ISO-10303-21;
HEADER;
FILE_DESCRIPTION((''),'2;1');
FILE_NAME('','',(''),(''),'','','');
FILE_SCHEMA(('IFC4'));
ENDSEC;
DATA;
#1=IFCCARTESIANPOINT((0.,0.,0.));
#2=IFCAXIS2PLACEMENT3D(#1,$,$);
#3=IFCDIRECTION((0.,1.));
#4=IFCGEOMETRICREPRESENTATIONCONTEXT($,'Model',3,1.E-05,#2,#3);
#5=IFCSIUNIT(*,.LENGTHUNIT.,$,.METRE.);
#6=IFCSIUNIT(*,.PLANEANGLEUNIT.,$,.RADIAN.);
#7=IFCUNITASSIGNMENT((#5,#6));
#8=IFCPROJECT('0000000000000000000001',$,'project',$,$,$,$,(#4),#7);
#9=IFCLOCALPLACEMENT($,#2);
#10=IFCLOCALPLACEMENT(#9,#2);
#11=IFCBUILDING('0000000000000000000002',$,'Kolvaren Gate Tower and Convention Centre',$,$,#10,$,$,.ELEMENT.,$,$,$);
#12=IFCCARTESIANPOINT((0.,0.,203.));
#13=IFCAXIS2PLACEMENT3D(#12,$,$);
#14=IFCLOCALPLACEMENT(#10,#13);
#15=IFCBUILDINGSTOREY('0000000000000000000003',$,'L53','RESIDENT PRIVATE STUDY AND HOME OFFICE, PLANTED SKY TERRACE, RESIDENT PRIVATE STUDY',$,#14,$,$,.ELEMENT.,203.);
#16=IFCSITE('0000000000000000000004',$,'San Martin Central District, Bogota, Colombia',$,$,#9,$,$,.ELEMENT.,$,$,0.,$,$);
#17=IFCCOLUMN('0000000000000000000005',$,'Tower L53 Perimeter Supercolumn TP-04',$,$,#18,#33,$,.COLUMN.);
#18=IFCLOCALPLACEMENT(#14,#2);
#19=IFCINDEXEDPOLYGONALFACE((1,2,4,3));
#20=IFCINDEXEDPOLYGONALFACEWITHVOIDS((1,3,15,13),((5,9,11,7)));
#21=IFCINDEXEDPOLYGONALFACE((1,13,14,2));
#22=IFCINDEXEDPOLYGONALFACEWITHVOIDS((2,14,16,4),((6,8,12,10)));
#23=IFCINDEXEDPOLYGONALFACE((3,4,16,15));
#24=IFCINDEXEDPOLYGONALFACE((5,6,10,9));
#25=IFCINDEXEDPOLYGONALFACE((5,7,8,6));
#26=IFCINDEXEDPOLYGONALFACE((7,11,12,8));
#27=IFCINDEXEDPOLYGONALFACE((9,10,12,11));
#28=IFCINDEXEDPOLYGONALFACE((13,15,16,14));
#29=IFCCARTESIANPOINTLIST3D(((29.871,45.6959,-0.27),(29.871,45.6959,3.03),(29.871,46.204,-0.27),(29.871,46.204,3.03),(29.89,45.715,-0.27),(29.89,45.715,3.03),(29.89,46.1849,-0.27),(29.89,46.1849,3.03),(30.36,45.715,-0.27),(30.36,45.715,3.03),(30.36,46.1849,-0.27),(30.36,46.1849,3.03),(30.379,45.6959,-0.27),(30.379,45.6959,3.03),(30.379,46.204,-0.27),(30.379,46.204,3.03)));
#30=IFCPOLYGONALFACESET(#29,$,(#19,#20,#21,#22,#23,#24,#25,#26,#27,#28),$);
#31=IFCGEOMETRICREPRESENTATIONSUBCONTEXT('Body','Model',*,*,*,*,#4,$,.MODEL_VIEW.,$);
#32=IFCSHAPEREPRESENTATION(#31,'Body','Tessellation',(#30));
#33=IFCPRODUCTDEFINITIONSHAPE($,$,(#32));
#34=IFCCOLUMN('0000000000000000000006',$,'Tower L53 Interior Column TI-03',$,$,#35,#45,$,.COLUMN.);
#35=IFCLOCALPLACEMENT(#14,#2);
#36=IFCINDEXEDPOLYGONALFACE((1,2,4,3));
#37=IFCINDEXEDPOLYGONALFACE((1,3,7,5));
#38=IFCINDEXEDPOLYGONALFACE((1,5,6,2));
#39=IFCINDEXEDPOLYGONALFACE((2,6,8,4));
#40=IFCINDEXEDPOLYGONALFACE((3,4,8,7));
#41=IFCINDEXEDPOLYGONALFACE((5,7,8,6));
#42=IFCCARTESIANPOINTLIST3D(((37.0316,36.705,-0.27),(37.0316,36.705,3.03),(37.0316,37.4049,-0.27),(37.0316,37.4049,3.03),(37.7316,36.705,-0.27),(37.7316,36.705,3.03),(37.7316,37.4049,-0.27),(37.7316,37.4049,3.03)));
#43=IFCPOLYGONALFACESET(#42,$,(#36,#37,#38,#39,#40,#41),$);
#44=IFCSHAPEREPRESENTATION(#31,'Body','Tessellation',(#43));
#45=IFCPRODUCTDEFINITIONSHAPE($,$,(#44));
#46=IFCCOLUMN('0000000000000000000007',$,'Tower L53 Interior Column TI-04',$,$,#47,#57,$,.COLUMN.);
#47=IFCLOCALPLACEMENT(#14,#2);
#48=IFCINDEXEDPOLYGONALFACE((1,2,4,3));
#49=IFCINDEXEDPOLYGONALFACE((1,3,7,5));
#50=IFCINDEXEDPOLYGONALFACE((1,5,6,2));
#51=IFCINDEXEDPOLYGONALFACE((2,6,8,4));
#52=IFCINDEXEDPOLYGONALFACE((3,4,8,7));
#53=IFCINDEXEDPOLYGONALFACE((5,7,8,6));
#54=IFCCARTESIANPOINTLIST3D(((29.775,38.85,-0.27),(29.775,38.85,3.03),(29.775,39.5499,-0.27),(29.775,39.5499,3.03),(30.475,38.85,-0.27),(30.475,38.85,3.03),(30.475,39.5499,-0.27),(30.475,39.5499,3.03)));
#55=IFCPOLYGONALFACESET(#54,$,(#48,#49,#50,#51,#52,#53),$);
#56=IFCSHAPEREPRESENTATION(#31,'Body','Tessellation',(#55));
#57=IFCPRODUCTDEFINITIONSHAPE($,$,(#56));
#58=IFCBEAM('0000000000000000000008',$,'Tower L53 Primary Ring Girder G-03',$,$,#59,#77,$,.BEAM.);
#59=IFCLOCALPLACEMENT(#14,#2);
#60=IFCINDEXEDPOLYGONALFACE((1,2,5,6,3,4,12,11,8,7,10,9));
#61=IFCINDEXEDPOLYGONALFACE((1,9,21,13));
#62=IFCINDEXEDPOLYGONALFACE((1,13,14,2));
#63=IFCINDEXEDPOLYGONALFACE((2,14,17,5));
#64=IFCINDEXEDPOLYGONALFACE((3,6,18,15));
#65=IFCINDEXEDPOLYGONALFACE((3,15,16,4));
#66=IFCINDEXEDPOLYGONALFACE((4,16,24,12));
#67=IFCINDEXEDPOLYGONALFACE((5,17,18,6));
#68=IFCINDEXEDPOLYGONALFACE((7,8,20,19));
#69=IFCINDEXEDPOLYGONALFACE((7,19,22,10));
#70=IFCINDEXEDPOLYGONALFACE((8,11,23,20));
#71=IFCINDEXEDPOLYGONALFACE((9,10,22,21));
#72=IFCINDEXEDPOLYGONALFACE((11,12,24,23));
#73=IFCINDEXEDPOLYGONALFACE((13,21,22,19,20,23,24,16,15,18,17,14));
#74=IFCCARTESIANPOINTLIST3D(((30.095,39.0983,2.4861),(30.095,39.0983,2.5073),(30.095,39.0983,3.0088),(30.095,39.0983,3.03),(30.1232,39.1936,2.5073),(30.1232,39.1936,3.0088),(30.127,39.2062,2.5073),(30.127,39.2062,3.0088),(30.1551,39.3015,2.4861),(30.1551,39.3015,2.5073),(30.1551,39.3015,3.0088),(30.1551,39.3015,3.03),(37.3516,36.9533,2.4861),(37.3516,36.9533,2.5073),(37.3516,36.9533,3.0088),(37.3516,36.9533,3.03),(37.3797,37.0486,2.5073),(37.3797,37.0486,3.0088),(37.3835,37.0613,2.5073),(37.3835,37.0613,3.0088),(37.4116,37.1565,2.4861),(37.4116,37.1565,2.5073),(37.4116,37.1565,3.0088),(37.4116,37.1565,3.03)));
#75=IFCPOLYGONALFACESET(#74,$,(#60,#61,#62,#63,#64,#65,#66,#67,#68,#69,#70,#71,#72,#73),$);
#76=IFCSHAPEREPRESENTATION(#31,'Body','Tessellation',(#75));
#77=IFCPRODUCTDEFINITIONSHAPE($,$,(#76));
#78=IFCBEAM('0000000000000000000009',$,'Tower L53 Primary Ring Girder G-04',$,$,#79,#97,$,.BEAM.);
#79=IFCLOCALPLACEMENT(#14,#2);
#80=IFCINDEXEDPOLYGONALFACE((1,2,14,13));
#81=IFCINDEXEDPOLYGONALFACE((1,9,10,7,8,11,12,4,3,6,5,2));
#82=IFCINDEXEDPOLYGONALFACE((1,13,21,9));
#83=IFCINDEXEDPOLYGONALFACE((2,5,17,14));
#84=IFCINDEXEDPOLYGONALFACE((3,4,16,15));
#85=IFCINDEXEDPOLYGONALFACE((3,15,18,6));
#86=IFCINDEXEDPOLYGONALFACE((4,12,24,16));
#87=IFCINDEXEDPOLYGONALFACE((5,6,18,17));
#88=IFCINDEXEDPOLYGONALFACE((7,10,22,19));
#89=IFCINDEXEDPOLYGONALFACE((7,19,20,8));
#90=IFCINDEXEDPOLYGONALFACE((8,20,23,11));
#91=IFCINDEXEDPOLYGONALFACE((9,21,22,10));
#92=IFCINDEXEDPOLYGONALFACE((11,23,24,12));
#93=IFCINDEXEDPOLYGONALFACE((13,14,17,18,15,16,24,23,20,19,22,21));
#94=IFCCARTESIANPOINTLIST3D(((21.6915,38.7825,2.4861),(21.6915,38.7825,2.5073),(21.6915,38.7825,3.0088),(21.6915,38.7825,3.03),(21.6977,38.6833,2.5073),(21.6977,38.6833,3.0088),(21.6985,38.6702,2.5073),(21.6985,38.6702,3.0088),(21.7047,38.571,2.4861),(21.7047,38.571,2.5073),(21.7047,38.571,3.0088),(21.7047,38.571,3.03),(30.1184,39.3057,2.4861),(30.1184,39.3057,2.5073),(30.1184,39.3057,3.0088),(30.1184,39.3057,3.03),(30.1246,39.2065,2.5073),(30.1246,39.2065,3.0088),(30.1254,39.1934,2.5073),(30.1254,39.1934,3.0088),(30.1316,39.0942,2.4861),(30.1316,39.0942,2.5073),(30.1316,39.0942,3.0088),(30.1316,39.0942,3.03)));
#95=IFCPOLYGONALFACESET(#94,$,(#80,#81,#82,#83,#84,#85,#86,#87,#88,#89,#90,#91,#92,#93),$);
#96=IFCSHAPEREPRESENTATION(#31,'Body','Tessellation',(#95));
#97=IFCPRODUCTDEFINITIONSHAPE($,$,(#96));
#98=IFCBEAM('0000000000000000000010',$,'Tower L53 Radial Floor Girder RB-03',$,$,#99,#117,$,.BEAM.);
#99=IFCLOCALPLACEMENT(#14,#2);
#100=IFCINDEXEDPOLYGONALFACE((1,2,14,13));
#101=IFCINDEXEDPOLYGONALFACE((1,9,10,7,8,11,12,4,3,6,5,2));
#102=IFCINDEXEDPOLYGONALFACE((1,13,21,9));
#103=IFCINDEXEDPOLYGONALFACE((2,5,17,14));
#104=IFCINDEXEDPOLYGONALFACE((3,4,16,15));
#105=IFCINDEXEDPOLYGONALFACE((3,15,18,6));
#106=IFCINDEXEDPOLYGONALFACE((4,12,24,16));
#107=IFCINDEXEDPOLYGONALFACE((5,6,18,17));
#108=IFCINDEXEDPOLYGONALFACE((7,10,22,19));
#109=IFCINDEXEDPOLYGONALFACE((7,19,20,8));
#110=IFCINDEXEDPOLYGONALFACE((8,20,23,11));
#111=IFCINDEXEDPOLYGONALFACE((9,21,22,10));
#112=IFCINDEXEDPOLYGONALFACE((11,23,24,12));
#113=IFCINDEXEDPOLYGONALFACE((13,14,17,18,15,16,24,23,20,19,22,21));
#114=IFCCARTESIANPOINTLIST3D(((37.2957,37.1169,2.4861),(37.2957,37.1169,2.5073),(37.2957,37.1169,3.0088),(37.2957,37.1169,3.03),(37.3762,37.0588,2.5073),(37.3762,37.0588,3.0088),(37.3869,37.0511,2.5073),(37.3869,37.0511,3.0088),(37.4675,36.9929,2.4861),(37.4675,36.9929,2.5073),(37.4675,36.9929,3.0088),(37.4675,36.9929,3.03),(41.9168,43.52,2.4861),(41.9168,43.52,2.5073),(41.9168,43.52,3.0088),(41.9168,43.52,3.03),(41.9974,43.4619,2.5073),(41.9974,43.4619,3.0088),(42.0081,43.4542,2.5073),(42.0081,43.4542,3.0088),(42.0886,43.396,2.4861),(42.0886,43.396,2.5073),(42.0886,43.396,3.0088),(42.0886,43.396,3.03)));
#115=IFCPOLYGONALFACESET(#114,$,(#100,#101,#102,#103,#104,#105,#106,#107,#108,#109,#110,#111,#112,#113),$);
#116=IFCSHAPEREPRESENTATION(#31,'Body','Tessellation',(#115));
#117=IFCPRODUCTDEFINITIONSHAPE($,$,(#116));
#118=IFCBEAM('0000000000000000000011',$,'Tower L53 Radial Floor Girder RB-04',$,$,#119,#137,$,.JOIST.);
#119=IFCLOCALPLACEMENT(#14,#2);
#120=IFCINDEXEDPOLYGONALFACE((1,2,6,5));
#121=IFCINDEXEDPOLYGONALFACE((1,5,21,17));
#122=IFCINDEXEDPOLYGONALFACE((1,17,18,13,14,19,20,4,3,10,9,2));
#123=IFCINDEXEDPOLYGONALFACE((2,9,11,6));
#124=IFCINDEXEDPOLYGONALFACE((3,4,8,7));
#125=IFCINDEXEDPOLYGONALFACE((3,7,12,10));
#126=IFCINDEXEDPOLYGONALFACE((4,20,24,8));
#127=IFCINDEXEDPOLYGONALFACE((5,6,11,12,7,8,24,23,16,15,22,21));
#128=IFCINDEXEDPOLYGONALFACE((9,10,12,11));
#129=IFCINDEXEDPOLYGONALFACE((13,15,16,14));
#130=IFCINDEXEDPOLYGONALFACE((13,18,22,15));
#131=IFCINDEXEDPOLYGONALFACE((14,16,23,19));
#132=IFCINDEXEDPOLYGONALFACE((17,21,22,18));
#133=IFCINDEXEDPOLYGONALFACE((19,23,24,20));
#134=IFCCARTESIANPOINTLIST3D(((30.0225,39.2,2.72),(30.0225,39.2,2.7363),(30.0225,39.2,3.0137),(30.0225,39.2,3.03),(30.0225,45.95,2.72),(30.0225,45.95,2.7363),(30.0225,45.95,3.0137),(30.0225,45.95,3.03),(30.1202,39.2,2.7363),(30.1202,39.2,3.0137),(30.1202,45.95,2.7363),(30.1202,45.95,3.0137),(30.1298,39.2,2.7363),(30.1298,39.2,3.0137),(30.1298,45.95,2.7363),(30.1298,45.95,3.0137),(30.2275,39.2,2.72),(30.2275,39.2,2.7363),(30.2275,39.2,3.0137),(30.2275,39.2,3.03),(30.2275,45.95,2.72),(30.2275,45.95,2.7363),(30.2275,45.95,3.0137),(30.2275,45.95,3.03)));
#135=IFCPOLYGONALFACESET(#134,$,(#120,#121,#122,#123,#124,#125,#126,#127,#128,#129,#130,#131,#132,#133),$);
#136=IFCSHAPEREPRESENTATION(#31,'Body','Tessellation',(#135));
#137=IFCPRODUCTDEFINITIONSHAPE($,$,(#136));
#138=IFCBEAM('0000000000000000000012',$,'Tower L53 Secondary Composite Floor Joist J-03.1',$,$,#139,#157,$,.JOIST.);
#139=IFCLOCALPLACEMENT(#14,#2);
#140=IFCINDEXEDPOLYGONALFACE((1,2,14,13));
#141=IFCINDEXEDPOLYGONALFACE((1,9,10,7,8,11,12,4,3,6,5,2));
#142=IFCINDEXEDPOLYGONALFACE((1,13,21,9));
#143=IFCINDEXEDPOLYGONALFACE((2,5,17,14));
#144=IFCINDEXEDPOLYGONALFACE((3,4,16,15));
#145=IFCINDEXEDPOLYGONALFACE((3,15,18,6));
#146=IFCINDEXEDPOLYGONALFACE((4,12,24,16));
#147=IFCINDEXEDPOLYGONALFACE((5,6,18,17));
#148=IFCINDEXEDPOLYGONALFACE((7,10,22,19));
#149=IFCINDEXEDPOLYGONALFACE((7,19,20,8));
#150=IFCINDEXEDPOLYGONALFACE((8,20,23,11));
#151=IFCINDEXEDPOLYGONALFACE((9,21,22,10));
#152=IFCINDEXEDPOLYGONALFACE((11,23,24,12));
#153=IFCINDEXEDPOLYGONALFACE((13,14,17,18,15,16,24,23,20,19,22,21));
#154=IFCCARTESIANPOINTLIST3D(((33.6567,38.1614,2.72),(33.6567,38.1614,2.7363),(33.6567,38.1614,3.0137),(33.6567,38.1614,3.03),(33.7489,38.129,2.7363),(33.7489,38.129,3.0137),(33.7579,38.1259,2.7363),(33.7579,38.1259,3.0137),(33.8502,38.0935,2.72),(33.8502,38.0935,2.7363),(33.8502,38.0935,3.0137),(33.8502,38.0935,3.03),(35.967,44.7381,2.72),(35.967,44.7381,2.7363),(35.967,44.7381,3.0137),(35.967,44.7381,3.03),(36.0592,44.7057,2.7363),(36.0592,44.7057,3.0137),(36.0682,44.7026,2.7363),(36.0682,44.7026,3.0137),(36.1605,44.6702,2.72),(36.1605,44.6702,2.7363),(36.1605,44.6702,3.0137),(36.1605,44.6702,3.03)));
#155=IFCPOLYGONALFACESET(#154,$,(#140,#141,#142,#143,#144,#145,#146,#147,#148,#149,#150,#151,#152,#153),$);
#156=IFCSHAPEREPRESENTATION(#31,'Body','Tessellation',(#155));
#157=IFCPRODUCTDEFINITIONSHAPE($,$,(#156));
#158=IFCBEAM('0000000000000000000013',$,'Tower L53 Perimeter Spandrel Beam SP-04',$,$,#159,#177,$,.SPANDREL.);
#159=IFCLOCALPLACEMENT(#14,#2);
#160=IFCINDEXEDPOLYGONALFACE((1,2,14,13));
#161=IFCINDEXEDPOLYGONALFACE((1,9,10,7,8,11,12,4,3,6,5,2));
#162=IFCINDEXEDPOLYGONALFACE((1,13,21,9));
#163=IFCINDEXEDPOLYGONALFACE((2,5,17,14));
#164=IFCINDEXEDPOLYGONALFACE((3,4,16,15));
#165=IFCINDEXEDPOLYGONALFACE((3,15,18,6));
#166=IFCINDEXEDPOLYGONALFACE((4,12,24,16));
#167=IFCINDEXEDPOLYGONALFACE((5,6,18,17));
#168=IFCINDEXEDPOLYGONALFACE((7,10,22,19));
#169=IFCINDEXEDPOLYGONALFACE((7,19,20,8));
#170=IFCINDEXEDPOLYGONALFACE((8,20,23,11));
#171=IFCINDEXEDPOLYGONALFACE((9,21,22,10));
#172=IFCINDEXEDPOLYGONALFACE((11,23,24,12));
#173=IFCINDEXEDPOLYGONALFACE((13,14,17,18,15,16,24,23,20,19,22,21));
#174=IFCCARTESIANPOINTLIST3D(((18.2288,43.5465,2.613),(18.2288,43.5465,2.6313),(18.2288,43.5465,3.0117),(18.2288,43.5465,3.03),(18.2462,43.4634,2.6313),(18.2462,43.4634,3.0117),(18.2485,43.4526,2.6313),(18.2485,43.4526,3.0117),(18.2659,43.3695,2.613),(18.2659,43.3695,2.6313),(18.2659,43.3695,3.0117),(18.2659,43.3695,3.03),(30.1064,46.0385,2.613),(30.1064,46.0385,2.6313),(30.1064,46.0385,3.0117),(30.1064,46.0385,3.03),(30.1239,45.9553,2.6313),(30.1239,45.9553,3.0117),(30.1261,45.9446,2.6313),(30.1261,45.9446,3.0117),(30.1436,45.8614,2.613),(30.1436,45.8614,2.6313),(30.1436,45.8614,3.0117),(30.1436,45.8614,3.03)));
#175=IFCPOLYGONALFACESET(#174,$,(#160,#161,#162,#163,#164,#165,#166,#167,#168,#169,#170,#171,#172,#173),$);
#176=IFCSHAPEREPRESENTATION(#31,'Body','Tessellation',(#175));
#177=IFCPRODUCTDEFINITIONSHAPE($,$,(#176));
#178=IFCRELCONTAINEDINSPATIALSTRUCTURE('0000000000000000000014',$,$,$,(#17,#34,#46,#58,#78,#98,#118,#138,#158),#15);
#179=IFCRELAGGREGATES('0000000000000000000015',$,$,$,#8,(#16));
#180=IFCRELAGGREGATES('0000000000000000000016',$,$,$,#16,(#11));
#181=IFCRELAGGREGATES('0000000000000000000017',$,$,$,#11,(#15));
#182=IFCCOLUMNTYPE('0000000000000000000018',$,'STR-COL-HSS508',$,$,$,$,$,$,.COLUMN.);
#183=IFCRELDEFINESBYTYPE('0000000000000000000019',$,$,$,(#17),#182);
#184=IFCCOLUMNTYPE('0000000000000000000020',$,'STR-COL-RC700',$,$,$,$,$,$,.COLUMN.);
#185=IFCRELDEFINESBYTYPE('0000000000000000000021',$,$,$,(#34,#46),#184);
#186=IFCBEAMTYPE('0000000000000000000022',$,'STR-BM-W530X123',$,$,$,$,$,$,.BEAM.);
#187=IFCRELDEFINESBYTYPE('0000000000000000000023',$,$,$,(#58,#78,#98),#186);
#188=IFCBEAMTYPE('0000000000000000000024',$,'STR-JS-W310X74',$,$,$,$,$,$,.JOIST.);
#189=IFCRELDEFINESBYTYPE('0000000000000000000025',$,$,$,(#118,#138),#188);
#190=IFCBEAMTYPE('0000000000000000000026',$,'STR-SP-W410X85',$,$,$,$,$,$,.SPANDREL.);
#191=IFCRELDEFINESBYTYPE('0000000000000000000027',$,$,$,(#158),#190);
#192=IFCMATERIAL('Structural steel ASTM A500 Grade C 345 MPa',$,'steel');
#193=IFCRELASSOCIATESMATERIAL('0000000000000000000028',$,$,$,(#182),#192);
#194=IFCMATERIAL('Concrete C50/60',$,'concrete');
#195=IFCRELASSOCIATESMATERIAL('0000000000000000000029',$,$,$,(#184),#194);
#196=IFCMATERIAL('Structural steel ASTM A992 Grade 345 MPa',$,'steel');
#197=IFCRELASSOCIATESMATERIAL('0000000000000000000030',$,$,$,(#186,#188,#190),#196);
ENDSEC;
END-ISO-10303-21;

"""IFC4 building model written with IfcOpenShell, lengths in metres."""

from ifc_helpers import new_model, si_unit, direction, frame, origin, origin_2d, place, context, subcontext, project, spatial, rectangle, hollow_rectangle, i_section, extrude, material, material_profile, profile_set, type_object, element, save


model = new_model("IFC4")

# Units and contexts
model_context = context("Model", 3, precision=1e-05, world=origin(), true_north=direction((0.0, 1.0)))
body_context = subcontext(model_context, "Body", "Model", "MODEL_VIEW")
ifc_project = project(units=[si_unit("LENGTHUNIT", "METRE"), si_unit("PLANEANGLEUNIT", "RADIAN")], contexts=[model_context])

# Site, building, storey
site_placement = place(None, origin())
site = spatial("IfcSite", under=ifc_project, at=site_placement, Name="San Martin Central District, Bogota, Colombia", CompositionType="ELEMENT", RefElevation=0.0)
building_placement = place(site_placement, origin())
building = spatial("IfcBuilding", under=site, at=building_placement, Name="Kolvaren Gate Tower and Convention Centre", CompositionType="ELEMENT")
storey_placement = place(building_placement, frame((0.0, 0.0, 203.0)))
storey = spatial("IfcBuildingStorey", under=building, at=storey_placement, Name="L53", Description="RESIDENT PRIVATE STUDY AND HOME OFFICE, PLANTED SKY TERRACE, RESIDENT PRIVATE STUDY", CompositionType="ELEMENT", Elevation=203.0)

# Columns
ifc_material_1 = material(Name="Structural steel ASTM A500 Grade C 345 MPa", Category="steel")
ifc_material_profile_1 = material_profile(ifc_material_1, hollow_rectangle(XDim=0.5081, YDim=0.5081, WallThickness=0.019, at=origin_2d()), Name="HSS508X508X19.1")
ifc_profile_set_1 = profile_set([ifc_material_profile_1], Name="Structural steel ASTM A500 Grade C 345 MPa")
column_type_1 = type_object("IfcColumnType", Name="STR-COL-HSS508", PredefinedType="COLUMN", material=ifc_profile_set_1)
column_placement = place(storey_placement, frame((30.125, 45.95, -0.27), z_axis=(0.0, 0.0, 1.0), x_axis=(1.0, 0.0, 0.0)))
element("IfcColumn", 1, at=column_placement, inside=storey, type_object=column_type_1, Name="Tower L53 Perimeter Supercolumn TP-04", PredefinedType="COLUMN", context=body_context, shape_type="SweptSolid", body=[
    extrude(hollow_rectangle(XDim=0.5081, YDim=0.5081, WallThickness=0.019, at=origin_2d()), origin(), (0.0, 0.0, 1.0), 3.3),
])
ifc_material_2 = material(Name="Concrete C50/60", Category="concrete")
ifc_material_profile_2 = material_profile(ifc_material_2, rectangle(XDim=0.7, YDim=0.7, at=origin_2d()), Name="RC-COL-700X700")
ifc_profile_set_2 = profile_set([ifc_material_profile_2], Name="Concrete C50/60")
column_type_2 = type_object("IfcColumnType", Name="STR-COL-RC700", PredefinedType="COLUMN", material=ifc_profile_set_2)
for number, where, z_axis, x_axis, name in (
    (2, (37.3816, 37.0549, -0.27), (0.0, 0.0, 1.0), (1.0, 0.0, 0.0), "Tower L53 Interior Column TI-03"),
    (3, (30.125, 39.2, -0.27), (0.0, 0.0, 1.0), (1.0, 0.0, 0.0), "Tower L53 Interior Column TI-04"),
):
    element("IfcColumn", number, at=place(storey_placement, frame(where, z_axis=z_axis, x_axis=x_axis)), inside=storey, type_object=column_type_2, Name=name, PredefinedType="COLUMN", context=body_context, shape_type="SweptSolid", body=[
        extrude(rectangle(XDim=0.7, YDim=0.7, at=origin_2d()), origin(), (0.0, 0.0, 1.0), 3.3),
    ])

# Beams
ifc_material_3 = material(Name="Structural steel ASTM A992 Grade 345 MPa", Category="steel")
ifc_material_profile_3 = material_profile(ifc_material_3, i_section(OverallWidth=0.2119, OverallDepth=0.5439, WebThickness=0.0132, FlangeThickness=0.0212, at=origin_2d()), Name="W530X123")
ifc_profile_set_3 = profile_set([ifc_material_profile_3], Name="Structural steel ASTM A992 Grade 345 MPa")
beam_type_1 = type_object("IfcBeamType", Name="STR-BM-W530X123", PredefinedType="BEAM", material=ifc_profile_set_3)
beam_1_placement = place(storey_placement, frame((37.3816, 37.0549, 2.7581), z_axis=(-0.958981, 0.283471, 0.0), x_axis=(-0.283471, -0.958981, 0.0)))
element("IfcBeam", 4, at=beam_1_placement, inside=storey, type_object=beam_type_1, Name="Tower L53 Primary Ring Girder G-03", PredefinedType="BEAM", context=body_context, shape_type="SweptSolid", body=[
    extrude(i_section(OverallWidth=0.2119, OverallDepth=0.5439, WebThickness=0.0132, FlangeThickness=0.0212, at=origin_2d()), origin(), (0.0, 0.0, 1.0), 7.5669),
])
beam_2_placement = place(storey_placement, frame((30.125, 39.2, 2.7581), z_axis=(-0.998078, -0.061966, 0.0), x_axis=(0.061966, -0.998078, 0.0)))
element("IfcBeam", 5, at=beam_2_placement, inside=storey, type_object=beam_type_1, Name="Tower L53 Primary Ring Girder G-04", PredefinedType="BEAM", context=body_context, shape_type="SweptSolid", body=[
    extrude(i_section(OverallWidth=0.2119, OverallDepth=0.5439, WebThickness=0.0132, FlangeThickness=0.0212, at=origin_2d()), origin(), (0.0, 0.0, 1.0), 8.4431),
])
beam_3_placement = place(storey_placement, frame((37.3816, 37.0549, 2.7581), z_axis=(0.585212, 0.810881, 0.0), x_axis=(-0.810881, 0.585212, 0.0)))
element("IfcBeam", 6, at=beam_3_placement, inside=storey, type_object=beam_type_1, Name="Tower L53 Radial Floor Girder RB-03", PredefinedType="BEAM", context=body_context, shape_type="SweptSolid", body=[
    extrude(i_section(OverallWidth=0.2119, OverallDepth=0.5439, WebThickness=0.0132, FlangeThickness=0.0212, at=origin_2d()), origin(), (0.0, 0.0, 1.0), 7.8965),
])
ifc_material_profile_4 = material_profile(ifc_material_3, i_section(OverallWidth=0.2051, OverallDepth=0.3101, WebThickness=0.0095, FlangeThickness=0.0164, at=origin_2d()), Name="W310X74")
ifc_profile_set_4 = profile_set([ifc_material_profile_4], Name="Structural steel ASTM A992 Grade 345 MPa")
beam_type_2 = type_object("IfcBeamType", Name="STR-JS-W310X74", PredefinedType="JOIST", material=ifc_profile_set_4)
beam_4_placement = place(storey_placement, frame((30.125, 39.2, 2.875), z_axis=(0.0, 1.0, 0.0), x_axis=(-1.0, 0.0, 0.0)))
element("IfcBeam", 7, at=beam_4_placement, inside=storey, type_object=beam_type_2, Name="Tower L53 Radial Floor Girder RB-04", PredefinedType="JOIST", context=body_context, shape_type="SweptSolid", body=[
    extrude(i_section(OverallWidth=0.2051, OverallDepth=0.3101, WebThickness=0.0095, FlangeThickness=0.0164, at=origin_2d()), origin(), (0.0, 0.0, 1.0), 6.75),
])
beam_5_placement = place(storey_placement, frame((33.7534, 38.1274, 2.875), z_axis=(0.331433, 0.943479, 0.0), x_axis=(-0.943479, 0.331433, 0.0)))
element("IfcBeam", 8, at=beam_5_placement, inside=storey, type_object=beam_type_2, Name="Tower L53 Secondary Composite Floor Joist J-03.1", PredefinedType="JOIST", context=body_context, shape_type="SweptSolid", body=[
    extrude(i_section(OverallWidth=0.2051, OverallDepth=0.3101, WebThickness=0.0095, FlangeThickness=0.0164, at=origin_2d()), origin(), (0.0, 0.0, 1.0), 6.9707),
])
ifc_material_profile_5 = material_profile(ifc_material_3, i_section(OverallWidth=0.1809, OverallDepth=0.417, WebThickness=0.011, FlangeThickness=0.0183, at=origin_2d()), Name="W410X85")
ifc_profile_set_5 = profile_set([ifc_material_profile_5], Name="Structural steel ASTM A992 Grade 345 MPa")
beam_type_3 = type_object("IfcBeamType", Name="STR-SP-W410X85", PredefinedType="SPANDREL", material=ifc_profile_set_5)
beam_6_placement = place(storey_placement, frame((30.125, 45.95, 2.8215), z_axis=(-0.978693, -0.20533, 0.0), x_axis=(0.20533, -0.978693, 0.0)))
element("IfcBeam", 9, at=beam_6_placement, inside=storey, type_object=beam_type_3, Name="Tower L53 Perimeter Spandrel Beam SP-04", PredefinedType="SPANDREL", context=body_context, shape_type="SweptSolid", body=[
    extrude(i_section(OverallWidth=0.1809, OverallDepth=0.417, WebThickness=0.011, FlangeThickness=0.0183, at=origin_2d()), origin(), (0.0, 0.0, 1.0), 12.1362),
])

save(model, "model.ifc")
